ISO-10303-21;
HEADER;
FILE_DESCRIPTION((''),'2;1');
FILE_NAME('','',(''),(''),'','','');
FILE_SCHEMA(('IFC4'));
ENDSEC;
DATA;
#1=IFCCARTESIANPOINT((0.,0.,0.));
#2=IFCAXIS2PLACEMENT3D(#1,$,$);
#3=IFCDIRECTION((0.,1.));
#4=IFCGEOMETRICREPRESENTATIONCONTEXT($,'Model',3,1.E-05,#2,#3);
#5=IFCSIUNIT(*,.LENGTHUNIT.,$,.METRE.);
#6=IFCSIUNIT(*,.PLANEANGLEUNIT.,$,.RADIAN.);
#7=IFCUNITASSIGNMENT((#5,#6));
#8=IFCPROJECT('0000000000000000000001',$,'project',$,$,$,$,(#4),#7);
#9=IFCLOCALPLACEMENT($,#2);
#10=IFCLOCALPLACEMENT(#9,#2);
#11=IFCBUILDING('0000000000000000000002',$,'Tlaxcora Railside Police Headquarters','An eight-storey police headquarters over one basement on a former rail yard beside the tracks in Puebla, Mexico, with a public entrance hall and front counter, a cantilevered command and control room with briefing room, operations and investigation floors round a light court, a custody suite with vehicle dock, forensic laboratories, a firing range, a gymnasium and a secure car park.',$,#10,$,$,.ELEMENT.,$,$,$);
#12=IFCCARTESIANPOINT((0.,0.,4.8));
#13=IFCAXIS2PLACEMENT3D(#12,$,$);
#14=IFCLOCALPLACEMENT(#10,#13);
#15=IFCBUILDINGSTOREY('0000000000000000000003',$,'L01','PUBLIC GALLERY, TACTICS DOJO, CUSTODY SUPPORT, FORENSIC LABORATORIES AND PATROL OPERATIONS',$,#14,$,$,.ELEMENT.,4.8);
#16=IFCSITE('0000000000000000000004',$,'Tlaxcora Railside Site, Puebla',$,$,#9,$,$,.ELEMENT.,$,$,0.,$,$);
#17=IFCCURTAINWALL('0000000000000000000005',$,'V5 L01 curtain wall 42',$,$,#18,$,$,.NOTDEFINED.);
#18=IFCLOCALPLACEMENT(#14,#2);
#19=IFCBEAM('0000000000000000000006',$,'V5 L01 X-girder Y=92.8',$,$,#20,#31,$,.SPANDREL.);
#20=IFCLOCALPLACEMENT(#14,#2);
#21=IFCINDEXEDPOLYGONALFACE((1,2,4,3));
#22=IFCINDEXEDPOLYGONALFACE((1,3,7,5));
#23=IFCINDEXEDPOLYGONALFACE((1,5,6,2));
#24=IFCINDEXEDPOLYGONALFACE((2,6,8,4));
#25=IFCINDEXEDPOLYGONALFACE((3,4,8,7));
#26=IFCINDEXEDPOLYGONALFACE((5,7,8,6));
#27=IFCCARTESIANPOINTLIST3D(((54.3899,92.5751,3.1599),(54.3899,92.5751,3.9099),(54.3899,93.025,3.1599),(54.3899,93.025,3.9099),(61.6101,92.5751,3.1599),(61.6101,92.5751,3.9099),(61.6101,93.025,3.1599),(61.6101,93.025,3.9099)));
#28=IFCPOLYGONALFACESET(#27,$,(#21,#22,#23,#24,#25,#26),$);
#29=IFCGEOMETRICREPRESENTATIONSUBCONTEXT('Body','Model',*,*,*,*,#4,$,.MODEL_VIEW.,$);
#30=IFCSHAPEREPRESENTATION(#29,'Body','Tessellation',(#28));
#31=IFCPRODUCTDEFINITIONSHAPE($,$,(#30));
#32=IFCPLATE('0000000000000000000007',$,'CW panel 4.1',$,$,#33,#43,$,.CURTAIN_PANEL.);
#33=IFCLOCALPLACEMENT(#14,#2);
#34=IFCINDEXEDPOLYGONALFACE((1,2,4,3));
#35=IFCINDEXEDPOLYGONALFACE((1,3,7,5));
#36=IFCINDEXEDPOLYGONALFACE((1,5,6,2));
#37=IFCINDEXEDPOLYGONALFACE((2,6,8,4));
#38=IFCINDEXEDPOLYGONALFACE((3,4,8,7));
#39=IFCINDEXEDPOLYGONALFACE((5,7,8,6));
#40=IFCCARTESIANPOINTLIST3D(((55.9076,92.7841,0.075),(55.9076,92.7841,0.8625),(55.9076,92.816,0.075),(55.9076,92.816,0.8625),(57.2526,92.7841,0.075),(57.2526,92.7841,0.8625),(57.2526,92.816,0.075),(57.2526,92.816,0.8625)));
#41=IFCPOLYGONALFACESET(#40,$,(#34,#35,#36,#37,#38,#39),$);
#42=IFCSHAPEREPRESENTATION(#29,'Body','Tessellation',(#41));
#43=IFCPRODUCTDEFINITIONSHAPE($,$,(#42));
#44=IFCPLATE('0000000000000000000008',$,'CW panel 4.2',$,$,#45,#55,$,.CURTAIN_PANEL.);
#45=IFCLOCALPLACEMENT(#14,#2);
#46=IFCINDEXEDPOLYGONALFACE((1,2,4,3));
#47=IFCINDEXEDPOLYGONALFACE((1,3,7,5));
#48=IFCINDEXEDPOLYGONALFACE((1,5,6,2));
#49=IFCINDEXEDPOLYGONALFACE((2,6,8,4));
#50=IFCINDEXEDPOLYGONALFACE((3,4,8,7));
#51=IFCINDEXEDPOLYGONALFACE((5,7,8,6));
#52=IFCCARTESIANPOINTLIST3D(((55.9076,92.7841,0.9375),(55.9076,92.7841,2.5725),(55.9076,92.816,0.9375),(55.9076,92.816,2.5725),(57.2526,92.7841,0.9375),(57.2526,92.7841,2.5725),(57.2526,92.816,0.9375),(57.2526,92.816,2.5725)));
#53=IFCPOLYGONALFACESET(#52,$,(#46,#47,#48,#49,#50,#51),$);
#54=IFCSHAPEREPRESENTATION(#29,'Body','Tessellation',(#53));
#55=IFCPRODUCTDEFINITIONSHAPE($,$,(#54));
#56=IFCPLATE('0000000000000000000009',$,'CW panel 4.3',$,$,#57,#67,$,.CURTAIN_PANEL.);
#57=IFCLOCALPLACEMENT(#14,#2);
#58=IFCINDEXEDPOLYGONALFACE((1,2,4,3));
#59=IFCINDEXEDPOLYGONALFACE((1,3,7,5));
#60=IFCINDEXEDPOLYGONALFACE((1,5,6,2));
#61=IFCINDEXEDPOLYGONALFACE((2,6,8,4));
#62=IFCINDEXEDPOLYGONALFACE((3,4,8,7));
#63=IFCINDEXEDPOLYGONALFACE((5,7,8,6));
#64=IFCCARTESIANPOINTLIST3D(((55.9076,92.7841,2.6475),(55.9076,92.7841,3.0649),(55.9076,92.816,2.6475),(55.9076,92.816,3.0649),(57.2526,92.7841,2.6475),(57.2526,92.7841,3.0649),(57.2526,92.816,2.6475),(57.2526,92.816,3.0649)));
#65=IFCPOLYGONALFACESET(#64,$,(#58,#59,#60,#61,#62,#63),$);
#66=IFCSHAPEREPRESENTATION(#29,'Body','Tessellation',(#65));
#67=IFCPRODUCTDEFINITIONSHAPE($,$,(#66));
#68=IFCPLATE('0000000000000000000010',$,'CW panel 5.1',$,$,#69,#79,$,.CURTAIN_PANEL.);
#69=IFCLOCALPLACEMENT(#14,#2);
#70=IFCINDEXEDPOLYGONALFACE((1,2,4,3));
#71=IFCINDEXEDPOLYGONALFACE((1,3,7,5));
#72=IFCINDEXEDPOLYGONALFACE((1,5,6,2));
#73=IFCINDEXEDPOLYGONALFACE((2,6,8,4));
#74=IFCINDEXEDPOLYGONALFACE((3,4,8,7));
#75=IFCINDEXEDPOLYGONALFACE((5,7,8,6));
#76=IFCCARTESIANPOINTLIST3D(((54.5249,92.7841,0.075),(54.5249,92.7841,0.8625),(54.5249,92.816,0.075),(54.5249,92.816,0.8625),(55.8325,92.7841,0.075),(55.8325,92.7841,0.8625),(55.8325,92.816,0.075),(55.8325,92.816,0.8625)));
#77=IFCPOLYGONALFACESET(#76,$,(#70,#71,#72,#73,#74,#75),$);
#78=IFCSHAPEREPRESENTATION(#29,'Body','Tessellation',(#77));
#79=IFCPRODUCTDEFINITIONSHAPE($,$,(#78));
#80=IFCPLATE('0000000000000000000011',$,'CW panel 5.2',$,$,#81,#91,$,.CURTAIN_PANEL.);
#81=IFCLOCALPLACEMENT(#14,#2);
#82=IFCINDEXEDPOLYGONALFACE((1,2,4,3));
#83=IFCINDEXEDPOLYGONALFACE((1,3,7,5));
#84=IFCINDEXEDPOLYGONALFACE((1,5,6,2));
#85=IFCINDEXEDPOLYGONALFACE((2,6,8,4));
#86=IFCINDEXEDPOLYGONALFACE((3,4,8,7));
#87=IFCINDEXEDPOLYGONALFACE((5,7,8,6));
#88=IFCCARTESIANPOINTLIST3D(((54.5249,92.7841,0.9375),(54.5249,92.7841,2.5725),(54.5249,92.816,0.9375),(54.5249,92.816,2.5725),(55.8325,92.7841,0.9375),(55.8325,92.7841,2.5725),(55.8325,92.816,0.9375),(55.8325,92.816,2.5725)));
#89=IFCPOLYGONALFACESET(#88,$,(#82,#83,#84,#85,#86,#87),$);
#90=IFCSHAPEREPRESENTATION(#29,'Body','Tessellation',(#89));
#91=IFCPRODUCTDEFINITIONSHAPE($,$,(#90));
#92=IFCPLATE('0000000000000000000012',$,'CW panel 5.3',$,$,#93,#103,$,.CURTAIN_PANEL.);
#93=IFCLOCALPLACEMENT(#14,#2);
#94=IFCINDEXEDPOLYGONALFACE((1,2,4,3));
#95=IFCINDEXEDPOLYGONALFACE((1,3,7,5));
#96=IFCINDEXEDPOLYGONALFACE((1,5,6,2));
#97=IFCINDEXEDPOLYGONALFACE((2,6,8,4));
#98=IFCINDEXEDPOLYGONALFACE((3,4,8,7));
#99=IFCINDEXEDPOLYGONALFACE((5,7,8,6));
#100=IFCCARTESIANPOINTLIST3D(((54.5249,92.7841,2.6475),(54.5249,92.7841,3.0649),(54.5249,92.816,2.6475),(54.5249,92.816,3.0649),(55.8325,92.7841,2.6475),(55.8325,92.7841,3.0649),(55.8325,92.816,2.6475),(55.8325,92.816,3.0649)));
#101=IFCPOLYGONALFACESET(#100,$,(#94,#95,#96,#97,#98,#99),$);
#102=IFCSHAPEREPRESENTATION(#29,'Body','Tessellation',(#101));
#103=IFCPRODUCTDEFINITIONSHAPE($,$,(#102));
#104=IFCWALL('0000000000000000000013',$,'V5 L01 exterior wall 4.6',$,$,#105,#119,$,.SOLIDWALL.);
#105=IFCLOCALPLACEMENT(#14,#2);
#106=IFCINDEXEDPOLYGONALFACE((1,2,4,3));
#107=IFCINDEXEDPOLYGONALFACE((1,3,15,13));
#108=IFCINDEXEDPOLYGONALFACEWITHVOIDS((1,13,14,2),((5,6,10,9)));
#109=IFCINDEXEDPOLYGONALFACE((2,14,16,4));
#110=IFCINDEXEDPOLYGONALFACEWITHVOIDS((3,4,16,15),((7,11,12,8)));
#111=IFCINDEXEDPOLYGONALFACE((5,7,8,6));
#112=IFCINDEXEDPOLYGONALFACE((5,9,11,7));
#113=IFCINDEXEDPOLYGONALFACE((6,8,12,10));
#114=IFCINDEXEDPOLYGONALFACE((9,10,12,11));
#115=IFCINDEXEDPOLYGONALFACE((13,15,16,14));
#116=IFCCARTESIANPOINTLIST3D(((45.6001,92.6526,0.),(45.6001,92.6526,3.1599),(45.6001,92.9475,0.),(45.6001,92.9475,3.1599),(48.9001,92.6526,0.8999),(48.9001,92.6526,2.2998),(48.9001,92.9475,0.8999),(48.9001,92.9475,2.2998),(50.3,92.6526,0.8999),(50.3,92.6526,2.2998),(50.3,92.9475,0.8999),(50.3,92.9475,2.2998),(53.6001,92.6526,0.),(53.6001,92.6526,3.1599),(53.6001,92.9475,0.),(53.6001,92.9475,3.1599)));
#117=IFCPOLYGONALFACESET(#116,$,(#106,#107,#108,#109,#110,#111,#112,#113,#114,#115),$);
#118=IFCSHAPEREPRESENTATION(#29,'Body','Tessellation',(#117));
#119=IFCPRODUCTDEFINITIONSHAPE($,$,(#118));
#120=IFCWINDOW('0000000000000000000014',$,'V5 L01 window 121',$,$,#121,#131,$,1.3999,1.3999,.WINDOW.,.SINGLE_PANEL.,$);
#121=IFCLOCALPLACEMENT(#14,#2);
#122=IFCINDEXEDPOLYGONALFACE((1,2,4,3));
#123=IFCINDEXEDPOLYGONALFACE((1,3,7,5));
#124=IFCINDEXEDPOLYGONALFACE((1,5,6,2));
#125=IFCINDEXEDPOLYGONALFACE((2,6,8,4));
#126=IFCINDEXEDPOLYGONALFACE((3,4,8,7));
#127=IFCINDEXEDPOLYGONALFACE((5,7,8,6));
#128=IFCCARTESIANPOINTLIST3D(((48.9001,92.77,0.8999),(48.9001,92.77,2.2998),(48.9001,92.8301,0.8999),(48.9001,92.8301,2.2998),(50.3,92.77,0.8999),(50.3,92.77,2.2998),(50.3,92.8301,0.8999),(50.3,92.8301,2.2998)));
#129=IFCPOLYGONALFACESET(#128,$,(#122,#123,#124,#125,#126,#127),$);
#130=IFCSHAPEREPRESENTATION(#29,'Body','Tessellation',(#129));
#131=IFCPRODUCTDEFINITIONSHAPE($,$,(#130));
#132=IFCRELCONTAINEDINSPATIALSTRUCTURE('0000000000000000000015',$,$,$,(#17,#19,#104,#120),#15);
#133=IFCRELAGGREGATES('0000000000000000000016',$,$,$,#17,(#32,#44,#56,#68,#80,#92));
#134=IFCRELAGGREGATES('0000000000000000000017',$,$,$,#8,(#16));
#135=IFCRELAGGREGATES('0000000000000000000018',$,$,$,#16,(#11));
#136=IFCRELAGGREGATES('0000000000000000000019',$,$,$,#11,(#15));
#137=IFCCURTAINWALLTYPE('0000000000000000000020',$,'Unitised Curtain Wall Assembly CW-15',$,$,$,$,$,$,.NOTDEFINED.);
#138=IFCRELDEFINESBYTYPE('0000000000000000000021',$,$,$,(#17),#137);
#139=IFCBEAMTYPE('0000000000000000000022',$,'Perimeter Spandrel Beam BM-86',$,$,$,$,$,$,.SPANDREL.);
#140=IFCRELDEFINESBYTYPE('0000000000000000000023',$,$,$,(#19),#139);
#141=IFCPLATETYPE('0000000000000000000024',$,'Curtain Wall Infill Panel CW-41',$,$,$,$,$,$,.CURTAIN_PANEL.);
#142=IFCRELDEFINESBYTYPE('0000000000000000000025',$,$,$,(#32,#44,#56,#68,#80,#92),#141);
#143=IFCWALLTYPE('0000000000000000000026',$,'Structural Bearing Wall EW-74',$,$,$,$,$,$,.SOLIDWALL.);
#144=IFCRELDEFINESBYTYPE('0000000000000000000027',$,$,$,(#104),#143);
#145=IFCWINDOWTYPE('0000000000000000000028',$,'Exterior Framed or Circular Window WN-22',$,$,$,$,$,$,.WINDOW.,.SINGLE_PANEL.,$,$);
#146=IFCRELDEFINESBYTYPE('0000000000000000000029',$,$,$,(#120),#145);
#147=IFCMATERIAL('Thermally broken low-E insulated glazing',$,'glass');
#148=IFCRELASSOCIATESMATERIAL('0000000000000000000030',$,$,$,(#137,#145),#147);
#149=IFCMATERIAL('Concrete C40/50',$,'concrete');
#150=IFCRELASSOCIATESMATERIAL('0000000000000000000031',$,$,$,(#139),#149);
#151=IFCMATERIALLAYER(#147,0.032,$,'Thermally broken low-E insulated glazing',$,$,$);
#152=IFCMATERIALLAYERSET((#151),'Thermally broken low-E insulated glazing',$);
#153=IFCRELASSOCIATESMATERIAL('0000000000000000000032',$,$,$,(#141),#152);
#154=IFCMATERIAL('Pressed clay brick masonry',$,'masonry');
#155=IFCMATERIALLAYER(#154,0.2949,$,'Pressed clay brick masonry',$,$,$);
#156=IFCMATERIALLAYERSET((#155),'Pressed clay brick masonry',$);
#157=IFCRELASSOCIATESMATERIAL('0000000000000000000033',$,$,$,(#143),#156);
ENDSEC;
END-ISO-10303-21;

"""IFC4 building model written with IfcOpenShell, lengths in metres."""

from ifc_helpers import new_model, si_unit, direction, frame, frame_2d, origin, origin_2d, place, context, subcontext, project, spatial, rectangle, extrude, material, layer, layer_set, material_profile, profile_set, type_object, element, fill, aggregate, save


model = new_model("IFC4")

# Units and contexts
model_context = context("Model", 3, precision=1e-05, world=origin(), true_north=direction((0.0, 1.0)))
body_context = subcontext(model_context, "Body", "Model", "MODEL_VIEW")
ifc_project = project(units=[si_unit("LENGTHUNIT", "METRE"), si_unit("PLANEANGLEUNIT", "RADIAN")], contexts=[model_context])

# Site, building, storey
site_placement = place(None, origin())
site = spatial("IfcSite", under=ifc_project, at=site_placement, Name="Tlaxcora Railside Site, Puebla", CompositionType="ELEMENT", RefElevation=0.0)
building_placement = place(site_placement, origin())
building = spatial("IfcBuilding", under=site, at=building_placement, Name="Tlaxcora Railside Police Headquarters", Description="An eight-storey police headquarters over one basement on a former rail yard beside the tracks in Puebla, Mexico, with a public entrance hall and front counter, a cantilevered command and control room with briefing room, operations and investigation floors round a light court, a custody suite with vehicle dock, forensic laboratories, a firing range, a gymnasium and a secure car park.", CompositionType="ELEMENT")
storey_placement = place(building_placement, frame((0.0, 0.0, 4.8)))
storey = spatial("IfcBuildingStorey", under=building, at=storey_placement, Name="L01", Description="PUBLIC GALLERY, TACTICS DOJO, CUSTODY SUPPORT, FORENSIC LABORATORIES AND PATROL OPERATIONS", CompositionType="ELEMENT", Elevation=4.8)

# Shared definitions
ifc_material_1 = material(Name="Concrete C40/50", Category="concrete")

# Curtain wall
ifc_material_2 = material(Name="Thermally broken low-E insulated glazing", Category="glass")
curtain_wall_type_1 = type_object("IfcCurtainWallType", Name="Unitised Curtain Wall Assembly CW-15", PredefinedType="NOTDEFINED", material=ifc_material_2)
curtain_wall_1_placement = place(storey_placement, origin())
curtain_wall_1 = element("IfcCurtainWall", 1, at=curtain_wall_1_placement, inside=storey, type_object=curtain_wall_type_1, Name="V5 L01 curtain wall 42", PredefinedType="NOTDEFINED")

# Beam
ifc_material_profile_1 = material_profile(ifc_material_1, rectangle(XDim=0.45, YDim=0.75, at=origin_2d()), Name="RC450X750")
ifc_profile_set_1 = profile_set([ifc_material_profile_1], Name="Concrete C40/50")
beam_type = type_object("IfcBeamType", Name="Perimeter Spandrel Beam BM-86", PredefinedType="SPANDREL", material=ifc_profile_set_1)
beam_1_placement = place(storey_placement, frame((54.3899, 92.8, 3.5349), z_axis=(1.0, 0.0, 0.0), x_axis=(0.0, 1.0, 0.0)))
element("IfcBeam", 2, at=beam_1_placement, inside=storey, type_object=beam_type, Name="V5 L01 X-girder Y=92.8", PredefinedType="SPANDREL", context=body_context, shape_type="SweptSolid", body=[
    extrude(rectangle(XDim=0.45, YDim=0.75, at=origin_2d()), origin(), (0.0, 0.0, 1.0), 7.2202),
])

# Plates
ifc_layer_1 = layer(ifc_material_2, 0.032, Name="Thermally broken low-E insulated glazing")
ifc_layer_set_1 = layer_set([ifc_layer_1], Name="Thermally broken low-E insulated glazing")
plate_type = type_object("IfcPlateType", Name="Curtain Wall Infill Panel CW-41", PredefinedType="CURTAIN_PANEL", material=ifc_layer_set_1)
plate_1_placement = place(storey_placement, frame((56.5801, 92.8, 0.075), z_axis=(0.0, 0.0, 1.0), x_axis=(-1.0, 0.0, 0.0)))
plate_1 = element("IfcPlate", 3, at=plate_1_placement, type_object=plate_type, Name="CW panel 4.1", PredefinedType="CURTAIN_PANEL", context=body_context, shape_type="SweptSolid", body=[
    extrude(rectangle(XDim=1.345, YDim=0.032, at=origin_2d()), origin(), (0.0, 0.0, 1.0), 0.7876),
])
plate_2_placement = place(storey_placement, frame((56.5801, 92.8, 0.9375), z_axis=(0.0, 0.0, 1.0), x_axis=(-1.0, 0.0, 0.0)))
plate_2 = element("IfcPlate", 4, at=plate_2_placement, type_object=plate_type, Name="CW panel 4.2", PredefinedType="CURTAIN_PANEL", context=body_context, shape_type="SweptSolid", body=[
    extrude(rectangle(XDim=1.345, YDim=0.032, at=origin_2d()), origin(), (0.0, 0.0, 1.0), 1.635),
])
plate_3_placement = place(storey_placement, frame((56.5801, 92.8, 2.6475), z_axis=(0.0, 0.0, 1.0), x_axis=(-1.0, 0.0, 0.0)))
plate_3 = element("IfcPlate", 5, at=plate_3_placement, type_object=plate_type, Name="CW panel 4.3", PredefinedType="CURTAIN_PANEL", context=body_context, shape_type="SweptSolid", body=[
    extrude(rectangle(XDim=1.345, YDim=0.032, at=origin_2d()), origin(), (0.0, 0.0, 1.0), 0.4175),
])
plate_4_placement = place(storey_placement, frame((55.1787, 92.8, 0.075), z_axis=(0.0, 0.0, 1.0), x_axis=(-1.0, 0.0, 0.0)))
plate_4 = element("IfcPlate", 6, at=plate_4_placement, type_object=plate_type, Name="CW panel 5.1", PredefinedType="CURTAIN_PANEL", context=body_context, shape_type="SweptSolid", body=[
    extrude(rectangle(XDim=1.3076, YDim=0.032, at=origin_2d()), origin(), (0.0, 0.0, 1.0), 0.7876),
])
plate_5_placement = place(storey_placement, frame((55.1787, 92.8, 0.9375), z_axis=(0.0, 0.0, 1.0), x_axis=(-1.0, 0.0, 0.0)))
plate_5 = element("IfcPlate", 7, at=plate_5_placement, type_object=plate_type, Name="CW panel 5.2", PredefinedType="CURTAIN_PANEL", context=body_context, shape_type="SweptSolid", body=[
    extrude(rectangle(XDim=1.3076, YDim=0.032, at=origin_2d()), origin(), (0.0, 0.0, 1.0), 1.635),
])
plate_6_placement = place(storey_placement, frame((55.1787, 92.8, 2.6475), z_axis=(0.0, 0.0, 1.0), x_axis=(-1.0, 0.0, 0.0)))
plate_6 = element("IfcPlate", 8, at=plate_6_placement, type_object=plate_type, Name="CW panel 5.3", PredefinedType="CURTAIN_PANEL", context=body_context, shape_type="SweptSolid", body=[
    extrude(rectangle(XDim=1.3076, YDim=0.032, at=origin_2d()), origin(), (0.0, 0.0, 1.0), 0.4175),
])
aggregate(curtain_wall_1, [plate_1, plate_2, plate_3, plate_4, plate_5, plate_6])

# Wall, opening, window
ifc_material_3 = material(Name="Pressed clay brick masonry", Category="masonry")
ifc_layer_2 = layer(ifc_material_3, 0.2949, Name="Pressed clay brick masonry")
ifc_layer_set_2 = layer_set([ifc_layer_2], Name="Pressed clay brick masonry")
wall_type = type_object("IfcWallType", Name="Structural Bearing Wall EW-74", PredefinedType="SOLIDWALL", material=ifc_layer_set_2)
wall_placement = place(storey_placement, frame((53.6001, 92.8, 0.0), z_axis=(0.0, 0.0, 1.0), x_axis=(-1.0, 0.0, 0.0)))
wall = element("IfcWall", 9, at=wall_placement, inside=storey, type_object=wall_type, Name="V5 L01 exterior wall 4.6", PredefinedType="SOLIDWALL", context=body_context, shape_type="SweptSolid", body=[
    extrude(rectangle(XDim=8.0, YDim=0.2949, at=frame_2d((4.0, 0.0))), origin(), (0.0, 0.0, 1.0), 3.1599),
])
opening_placement = place(wall_placement, frame((3.3, 0.0, 0.8999)))
opening = element("IfcOpeningElement", 10, at=opening_placement, cuts=wall, PredefinedType="OPENING", context=body_context, shape_type="SweptSolid", body=[
    extrude(rectangle(XDim=1.3999, YDim=1.3999, at=frame_2d((0.7, 0.7))), frame((0.0, 0.1575, 0.0), z_axis=(0.0, -1.0, 0.0), x_axis=(1.0, 0.0, 0.0)), (0.0, 0.0, 1.0), 0.3149),
])
window_type = type_object("IfcWindowType", Name="Exterior Framed or Circular Window WN-22", PartitioningType="SINGLE_PANEL", PredefinedType="WINDOW", material=ifc_material_2)
window_placement = place(opening_placement, origin())
window = element("IfcWindow", 11, at=window_placement, inside=storey, type_object=window_type, Name="V5 L01 window 121", OverallHeight=1.3999, OverallWidth=1.3999, PartitioningType="SINGLE_PANEL", PredefinedType="WINDOW", context=body_context, shape_type="SweptSolid", body=[
    extrude(rectangle(XDim=1.3999, YDim=1.3999, at=frame_2d((0.7, 0.7))), frame((0.0, 0.03, 0.0), z_axis=(0.0, -1.0, 0.0), x_axis=(1.0, 0.0, 0.0)), (0.0, 0.0, 1.0), 0.0601),
])
fill(opening, window)

save(model, "model.ifc")
